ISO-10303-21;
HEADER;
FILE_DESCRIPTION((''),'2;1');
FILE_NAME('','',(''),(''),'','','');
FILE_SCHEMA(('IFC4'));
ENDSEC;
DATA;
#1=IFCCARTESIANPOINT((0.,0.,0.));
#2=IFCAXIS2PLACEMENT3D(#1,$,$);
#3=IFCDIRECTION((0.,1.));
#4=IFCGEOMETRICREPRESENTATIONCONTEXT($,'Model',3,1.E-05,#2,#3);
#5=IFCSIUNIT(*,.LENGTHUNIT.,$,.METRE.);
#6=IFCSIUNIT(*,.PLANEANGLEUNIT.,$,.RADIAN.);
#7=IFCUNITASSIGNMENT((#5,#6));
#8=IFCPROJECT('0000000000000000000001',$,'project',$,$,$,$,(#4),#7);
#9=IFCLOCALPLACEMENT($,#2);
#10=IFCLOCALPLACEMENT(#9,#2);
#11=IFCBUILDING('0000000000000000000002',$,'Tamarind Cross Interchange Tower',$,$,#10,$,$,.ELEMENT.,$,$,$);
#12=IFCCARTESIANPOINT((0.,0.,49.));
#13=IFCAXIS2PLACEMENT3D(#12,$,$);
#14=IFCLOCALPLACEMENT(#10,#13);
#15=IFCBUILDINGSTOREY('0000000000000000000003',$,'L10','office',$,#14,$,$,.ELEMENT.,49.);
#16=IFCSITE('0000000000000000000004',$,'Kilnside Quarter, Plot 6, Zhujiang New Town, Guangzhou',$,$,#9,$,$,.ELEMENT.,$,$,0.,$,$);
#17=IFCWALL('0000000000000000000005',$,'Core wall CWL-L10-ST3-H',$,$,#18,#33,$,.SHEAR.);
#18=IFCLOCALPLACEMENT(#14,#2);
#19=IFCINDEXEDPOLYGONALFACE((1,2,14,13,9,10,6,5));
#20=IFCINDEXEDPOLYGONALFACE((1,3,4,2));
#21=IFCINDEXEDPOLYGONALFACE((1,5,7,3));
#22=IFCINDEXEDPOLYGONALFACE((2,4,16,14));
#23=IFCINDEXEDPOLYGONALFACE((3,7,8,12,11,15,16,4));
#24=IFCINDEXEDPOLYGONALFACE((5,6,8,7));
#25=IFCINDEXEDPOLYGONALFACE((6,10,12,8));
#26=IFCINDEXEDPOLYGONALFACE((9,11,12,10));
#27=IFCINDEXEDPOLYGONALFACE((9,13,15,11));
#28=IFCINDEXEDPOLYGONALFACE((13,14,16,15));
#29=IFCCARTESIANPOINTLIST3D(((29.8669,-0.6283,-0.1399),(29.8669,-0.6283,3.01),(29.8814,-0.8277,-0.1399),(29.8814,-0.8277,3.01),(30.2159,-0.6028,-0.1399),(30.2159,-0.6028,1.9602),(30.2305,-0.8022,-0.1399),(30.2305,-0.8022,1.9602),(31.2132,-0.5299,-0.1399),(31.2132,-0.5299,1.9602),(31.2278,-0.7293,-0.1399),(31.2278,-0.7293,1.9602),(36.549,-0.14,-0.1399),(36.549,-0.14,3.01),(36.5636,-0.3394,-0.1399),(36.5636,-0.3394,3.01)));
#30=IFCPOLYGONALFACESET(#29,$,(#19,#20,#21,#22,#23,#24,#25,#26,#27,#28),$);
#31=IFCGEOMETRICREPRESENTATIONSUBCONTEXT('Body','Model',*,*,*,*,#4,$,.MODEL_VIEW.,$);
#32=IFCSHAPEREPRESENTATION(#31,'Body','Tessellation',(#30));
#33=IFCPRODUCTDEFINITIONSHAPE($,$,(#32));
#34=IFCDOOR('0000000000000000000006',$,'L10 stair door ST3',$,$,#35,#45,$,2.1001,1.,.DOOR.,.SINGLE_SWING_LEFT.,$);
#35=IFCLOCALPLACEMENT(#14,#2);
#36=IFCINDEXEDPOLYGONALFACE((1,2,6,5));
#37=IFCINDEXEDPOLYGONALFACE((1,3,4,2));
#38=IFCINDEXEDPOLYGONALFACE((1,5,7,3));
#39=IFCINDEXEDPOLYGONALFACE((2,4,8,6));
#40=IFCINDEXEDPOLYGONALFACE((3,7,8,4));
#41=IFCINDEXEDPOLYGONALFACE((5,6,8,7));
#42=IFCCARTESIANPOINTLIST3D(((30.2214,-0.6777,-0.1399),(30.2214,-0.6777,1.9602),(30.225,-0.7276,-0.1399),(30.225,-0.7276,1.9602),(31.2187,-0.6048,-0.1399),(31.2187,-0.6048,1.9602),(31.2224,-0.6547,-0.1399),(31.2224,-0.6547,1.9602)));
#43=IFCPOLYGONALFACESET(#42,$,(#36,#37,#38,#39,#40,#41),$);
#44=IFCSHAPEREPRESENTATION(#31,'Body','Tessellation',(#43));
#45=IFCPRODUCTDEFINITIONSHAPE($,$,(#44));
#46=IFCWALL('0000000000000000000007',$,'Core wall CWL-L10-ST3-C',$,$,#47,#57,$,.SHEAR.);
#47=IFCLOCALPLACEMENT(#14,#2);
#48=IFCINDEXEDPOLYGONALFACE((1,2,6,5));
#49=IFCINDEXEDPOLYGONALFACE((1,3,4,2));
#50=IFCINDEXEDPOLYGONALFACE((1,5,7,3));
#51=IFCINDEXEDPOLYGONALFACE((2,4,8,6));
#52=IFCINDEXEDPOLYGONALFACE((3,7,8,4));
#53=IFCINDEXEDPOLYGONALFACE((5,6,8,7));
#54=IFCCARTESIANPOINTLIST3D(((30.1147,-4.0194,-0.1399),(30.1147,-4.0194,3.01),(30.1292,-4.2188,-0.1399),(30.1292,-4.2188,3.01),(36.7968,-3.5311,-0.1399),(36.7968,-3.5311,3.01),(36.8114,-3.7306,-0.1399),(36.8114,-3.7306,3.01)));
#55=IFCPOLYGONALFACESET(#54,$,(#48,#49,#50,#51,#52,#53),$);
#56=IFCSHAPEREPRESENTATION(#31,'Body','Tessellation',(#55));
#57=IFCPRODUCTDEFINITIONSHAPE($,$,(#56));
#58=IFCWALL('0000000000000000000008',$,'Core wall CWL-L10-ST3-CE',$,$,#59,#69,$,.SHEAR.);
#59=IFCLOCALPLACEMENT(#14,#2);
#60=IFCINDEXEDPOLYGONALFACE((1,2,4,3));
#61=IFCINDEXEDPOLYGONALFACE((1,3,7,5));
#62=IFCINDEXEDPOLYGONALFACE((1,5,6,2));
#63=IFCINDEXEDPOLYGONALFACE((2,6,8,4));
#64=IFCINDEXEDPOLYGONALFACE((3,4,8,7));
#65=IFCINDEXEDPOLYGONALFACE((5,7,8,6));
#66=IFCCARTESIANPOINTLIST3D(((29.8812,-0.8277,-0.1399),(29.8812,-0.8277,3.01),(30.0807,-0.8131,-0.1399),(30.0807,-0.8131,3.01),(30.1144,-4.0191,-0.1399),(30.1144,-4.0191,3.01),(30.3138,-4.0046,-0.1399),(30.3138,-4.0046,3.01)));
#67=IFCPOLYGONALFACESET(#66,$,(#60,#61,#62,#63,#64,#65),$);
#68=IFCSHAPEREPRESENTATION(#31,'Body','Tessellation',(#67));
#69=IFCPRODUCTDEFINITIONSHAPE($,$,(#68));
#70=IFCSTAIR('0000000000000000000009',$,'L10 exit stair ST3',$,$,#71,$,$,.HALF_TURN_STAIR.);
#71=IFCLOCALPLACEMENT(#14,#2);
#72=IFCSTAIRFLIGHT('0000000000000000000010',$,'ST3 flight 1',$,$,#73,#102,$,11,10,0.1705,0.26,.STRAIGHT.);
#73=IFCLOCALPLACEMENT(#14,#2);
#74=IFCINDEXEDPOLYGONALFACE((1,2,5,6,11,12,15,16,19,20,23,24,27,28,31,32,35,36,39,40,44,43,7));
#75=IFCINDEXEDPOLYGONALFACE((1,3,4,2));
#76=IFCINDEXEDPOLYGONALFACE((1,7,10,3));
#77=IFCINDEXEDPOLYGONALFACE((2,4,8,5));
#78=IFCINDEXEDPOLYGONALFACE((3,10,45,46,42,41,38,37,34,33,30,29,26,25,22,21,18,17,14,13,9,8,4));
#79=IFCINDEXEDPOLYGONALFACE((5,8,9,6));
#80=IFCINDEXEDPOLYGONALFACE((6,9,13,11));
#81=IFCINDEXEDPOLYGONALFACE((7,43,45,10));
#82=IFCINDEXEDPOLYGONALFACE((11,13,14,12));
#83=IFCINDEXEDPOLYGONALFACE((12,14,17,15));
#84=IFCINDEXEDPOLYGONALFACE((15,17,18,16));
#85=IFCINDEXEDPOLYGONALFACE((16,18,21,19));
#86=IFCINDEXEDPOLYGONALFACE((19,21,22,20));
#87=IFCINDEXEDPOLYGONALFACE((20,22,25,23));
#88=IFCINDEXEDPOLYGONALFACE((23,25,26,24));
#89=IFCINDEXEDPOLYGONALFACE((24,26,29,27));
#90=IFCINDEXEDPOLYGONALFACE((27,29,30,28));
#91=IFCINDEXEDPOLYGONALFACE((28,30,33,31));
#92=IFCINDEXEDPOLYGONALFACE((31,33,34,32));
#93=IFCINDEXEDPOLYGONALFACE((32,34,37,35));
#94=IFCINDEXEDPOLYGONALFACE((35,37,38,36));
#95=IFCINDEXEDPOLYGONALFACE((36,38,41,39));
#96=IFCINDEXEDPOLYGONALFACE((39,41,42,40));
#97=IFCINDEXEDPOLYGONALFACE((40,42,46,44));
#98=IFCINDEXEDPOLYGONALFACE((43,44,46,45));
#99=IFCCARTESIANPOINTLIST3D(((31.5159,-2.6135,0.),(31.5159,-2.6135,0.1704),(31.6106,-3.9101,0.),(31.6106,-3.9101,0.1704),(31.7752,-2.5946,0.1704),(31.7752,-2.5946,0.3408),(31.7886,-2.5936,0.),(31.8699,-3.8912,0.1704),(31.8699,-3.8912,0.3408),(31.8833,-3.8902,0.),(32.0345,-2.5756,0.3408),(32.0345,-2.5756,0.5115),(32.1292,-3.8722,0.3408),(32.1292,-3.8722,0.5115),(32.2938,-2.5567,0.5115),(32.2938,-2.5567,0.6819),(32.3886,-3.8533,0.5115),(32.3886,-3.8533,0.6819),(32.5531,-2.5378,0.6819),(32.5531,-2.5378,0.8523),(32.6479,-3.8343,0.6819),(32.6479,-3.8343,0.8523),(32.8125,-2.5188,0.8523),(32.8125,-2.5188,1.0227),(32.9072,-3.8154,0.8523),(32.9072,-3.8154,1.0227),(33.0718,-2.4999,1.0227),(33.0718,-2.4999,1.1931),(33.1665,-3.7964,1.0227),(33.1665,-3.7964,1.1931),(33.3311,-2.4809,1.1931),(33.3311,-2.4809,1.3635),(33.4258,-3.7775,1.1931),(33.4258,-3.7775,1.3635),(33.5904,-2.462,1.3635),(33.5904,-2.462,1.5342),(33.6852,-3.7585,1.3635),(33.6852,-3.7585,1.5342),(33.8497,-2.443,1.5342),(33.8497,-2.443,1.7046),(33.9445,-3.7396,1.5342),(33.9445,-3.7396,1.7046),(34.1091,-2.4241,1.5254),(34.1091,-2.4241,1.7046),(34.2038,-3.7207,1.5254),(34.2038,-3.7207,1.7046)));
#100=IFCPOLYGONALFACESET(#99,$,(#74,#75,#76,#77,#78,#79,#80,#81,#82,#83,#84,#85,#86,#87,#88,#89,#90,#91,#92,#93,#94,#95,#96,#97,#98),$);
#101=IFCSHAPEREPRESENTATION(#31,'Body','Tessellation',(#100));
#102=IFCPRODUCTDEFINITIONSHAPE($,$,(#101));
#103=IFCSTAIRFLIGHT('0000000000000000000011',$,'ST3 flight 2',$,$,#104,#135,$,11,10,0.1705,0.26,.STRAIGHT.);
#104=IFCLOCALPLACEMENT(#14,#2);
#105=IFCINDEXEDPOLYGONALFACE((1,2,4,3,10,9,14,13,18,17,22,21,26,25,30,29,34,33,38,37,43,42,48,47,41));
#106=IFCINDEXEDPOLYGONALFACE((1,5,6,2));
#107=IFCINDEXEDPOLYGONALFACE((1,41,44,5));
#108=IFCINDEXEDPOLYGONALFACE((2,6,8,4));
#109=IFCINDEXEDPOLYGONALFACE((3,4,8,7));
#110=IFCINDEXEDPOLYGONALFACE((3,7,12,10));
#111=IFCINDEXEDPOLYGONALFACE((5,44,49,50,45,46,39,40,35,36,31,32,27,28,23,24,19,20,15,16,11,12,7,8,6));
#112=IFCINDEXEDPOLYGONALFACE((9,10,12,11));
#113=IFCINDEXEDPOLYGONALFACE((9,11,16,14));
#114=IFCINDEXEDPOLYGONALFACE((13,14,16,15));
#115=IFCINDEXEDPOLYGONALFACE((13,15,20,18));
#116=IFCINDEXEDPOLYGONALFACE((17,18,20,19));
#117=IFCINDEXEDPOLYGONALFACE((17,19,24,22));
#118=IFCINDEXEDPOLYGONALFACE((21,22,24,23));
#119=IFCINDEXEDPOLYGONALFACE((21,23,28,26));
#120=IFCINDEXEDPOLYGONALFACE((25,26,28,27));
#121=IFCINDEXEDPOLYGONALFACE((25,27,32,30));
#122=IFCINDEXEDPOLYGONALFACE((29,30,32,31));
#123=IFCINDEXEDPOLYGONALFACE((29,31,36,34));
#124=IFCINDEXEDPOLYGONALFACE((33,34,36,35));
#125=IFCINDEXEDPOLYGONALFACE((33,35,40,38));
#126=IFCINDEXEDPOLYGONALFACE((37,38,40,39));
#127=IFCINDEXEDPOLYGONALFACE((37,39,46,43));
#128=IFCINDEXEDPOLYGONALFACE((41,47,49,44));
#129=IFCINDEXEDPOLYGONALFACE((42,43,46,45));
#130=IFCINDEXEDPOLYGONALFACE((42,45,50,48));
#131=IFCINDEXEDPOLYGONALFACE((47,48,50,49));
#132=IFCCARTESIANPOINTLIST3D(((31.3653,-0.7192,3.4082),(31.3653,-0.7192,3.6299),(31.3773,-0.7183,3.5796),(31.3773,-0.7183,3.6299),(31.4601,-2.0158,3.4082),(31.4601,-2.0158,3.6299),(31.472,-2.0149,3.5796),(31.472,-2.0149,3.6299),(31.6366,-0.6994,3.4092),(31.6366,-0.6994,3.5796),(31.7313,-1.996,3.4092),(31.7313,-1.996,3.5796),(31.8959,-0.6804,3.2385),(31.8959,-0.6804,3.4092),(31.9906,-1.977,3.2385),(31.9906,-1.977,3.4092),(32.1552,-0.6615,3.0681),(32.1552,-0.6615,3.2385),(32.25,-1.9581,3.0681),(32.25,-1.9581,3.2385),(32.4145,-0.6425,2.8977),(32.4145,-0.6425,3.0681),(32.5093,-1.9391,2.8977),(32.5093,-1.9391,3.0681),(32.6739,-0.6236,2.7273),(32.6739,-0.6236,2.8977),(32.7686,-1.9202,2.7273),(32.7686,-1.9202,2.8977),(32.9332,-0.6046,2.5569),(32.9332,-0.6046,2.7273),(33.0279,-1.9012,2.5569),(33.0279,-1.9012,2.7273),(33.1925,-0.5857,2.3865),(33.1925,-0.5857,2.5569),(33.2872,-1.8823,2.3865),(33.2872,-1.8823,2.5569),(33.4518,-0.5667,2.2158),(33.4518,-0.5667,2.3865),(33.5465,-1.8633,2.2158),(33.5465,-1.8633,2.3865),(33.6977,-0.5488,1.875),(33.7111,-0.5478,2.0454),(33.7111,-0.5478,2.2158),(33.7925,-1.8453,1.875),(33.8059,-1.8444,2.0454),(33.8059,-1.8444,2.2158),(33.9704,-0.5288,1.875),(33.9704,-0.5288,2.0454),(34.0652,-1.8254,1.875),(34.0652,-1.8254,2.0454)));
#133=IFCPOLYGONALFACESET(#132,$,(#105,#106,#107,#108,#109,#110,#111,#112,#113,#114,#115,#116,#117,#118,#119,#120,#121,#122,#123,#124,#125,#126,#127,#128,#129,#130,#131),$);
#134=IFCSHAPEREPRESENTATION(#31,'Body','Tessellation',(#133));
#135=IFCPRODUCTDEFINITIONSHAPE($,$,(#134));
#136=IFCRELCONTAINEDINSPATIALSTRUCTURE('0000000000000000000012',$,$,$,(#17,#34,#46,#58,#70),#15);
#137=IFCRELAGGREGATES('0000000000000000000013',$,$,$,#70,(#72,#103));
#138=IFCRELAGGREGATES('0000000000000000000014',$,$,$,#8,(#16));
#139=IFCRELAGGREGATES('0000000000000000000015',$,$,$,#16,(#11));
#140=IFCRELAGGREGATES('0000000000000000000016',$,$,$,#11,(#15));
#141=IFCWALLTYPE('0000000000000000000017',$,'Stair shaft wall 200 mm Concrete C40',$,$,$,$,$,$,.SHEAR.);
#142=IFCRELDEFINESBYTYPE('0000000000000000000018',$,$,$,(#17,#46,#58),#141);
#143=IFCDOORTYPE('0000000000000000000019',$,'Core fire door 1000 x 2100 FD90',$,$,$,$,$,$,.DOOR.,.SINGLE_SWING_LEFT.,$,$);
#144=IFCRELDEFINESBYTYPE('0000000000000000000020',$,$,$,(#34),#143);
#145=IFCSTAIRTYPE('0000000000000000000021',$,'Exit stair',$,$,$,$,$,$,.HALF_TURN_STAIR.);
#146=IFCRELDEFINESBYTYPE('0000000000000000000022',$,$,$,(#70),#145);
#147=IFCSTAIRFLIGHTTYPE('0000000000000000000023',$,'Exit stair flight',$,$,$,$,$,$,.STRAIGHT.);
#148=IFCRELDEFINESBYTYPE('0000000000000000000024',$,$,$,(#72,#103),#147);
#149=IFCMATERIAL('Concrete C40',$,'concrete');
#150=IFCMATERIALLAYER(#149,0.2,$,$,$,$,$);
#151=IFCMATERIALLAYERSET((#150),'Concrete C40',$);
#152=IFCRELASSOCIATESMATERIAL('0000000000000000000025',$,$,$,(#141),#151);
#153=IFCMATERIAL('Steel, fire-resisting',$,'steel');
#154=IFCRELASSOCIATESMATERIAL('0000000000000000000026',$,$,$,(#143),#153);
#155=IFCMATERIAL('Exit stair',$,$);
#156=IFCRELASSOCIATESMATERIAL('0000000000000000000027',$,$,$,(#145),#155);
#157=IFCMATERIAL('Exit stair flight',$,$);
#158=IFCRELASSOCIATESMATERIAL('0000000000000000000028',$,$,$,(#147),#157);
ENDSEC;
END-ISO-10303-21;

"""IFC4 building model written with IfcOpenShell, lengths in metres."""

from ifc_helpers import new_model, si_unit, direction, frame, frame_2d, origin, place, context, subcontext, project, spatial, polyline, rectangle, outline, extrude, material, layer, layer_set, type_object, element, fill, aggregate, save


model = new_model("IFC4")

# Units and contexts
model_context = context("Model", 3, precision=1e-05, world=origin(), true_north=direction((0.0, 1.0)))
body_context = subcontext(model_context, "Body", "Model", "MODEL_VIEW")
ifc_project = project(units=[si_unit("LENGTHUNIT", "METRE"), si_unit("PLANEANGLEUNIT", "RADIAN")], contexts=[model_context])

# Site, building, storey
site_placement = place(None, origin())
site = spatial("IfcSite", under=ifc_project, at=site_placement, Name="Kilnside Quarter, Plot 6, Zhujiang New Town, Guangzhou", CompositionType="ELEMENT", RefElevation=0.0)
building_placement = place(site_placement, origin())
building = spatial("IfcBuilding", under=site, at=building_placement, Name="Tamarind Cross Interchange Tower", CompositionType="ELEMENT")
storey_placement = place(building_placement, frame((0.0, 0.0, 49.0)))
storey = spatial("IfcBuildingStorey", under=building, at=storey_placement, Name="L10", Description="office", CompositionType="ELEMENT", Elevation=49.0)

# Wall, opening, door
ifc_material_1 = material(Name="Concrete C40", Category="concrete")
ifc_layer_1 = layer(ifc_material_1, 0.2)
ifc_layer_set_1 = layer_set([ifc_layer_1], Name="Concrete C40")
wall_type_1 = type_object("IfcWallType", Name="Stair shaft wall 200 mm Concrete C40", PredefinedType="SHEAR", material=ifc_layer_set_1)
wall_1_placement = place(storey_placement, frame((29.874, -0.728, -0.1399), z_axis=(0.0, 0.0, 1.0), x_axis=(0.997341, 0.072878, 0.0)))
wall_1 = element("IfcWall", 1, at=wall_1_placement, inside=storey, type_object=wall_type_1, Name="Core wall CWL-L10-ST3-H", PredefinedType="SHEAR", context=body_context, shape_type="SweptSolid", body=[
    extrude(rectangle(XDim=6.7, YDim=0.2, at=frame_2d((3.3501, 0.0))), origin(), (0.0, 0.0, 1.0), 3.1499),
])
opening_1_placement = place(wall_1_placement, frame((0.3501, 0.0, 0.0)))
opening_1 = element("IfcOpeningElement", 2, at=opening_1_placement, cuts=wall_1, PredefinedType="OPENING", context=body_context, shape_type="SweptSolid", body=[
    extrude(rectangle(XDim=1.0, YDim=2.1001, at=frame_2d((0.5, 1.05))), frame((0.0, 0.1099, 0.0), z_axis=(0.0, -1.0, 0.0), x_axis=(1.0, 0.0, 0.0)), (0.0, 0.0, 1.0), 0.22),
])
ifc_material_2 = material(Name="Steel, fire-resisting", Category="steel")
door_type_1 = type_object("IfcDoorType", Name="Core fire door 1000 x 2100 FD90", OperationType="SINGLE_SWING_LEFT", PredefinedType="DOOR", material=ifc_material_2)
door_1_placement = place(opening_1_placement, origin())
door_1 = element("IfcDoor", 3, at=door_1_placement, inside=storey, type_object=door_type_1, Name="L10 stair door ST3", OperationType="SINGLE_SWING_LEFT", OverallHeight=2.1001, OverallWidth=1.0, PredefinedType="DOOR", context=body_context, shape_type="SweptSolid", body=[
    extrude(rectangle(XDim=1.0, YDim=2.1001, at=frame_2d((0.5, 1.05))), frame((0.0, 0.0249, 0.0), z_axis=(0.0, -1.0, 0.0), x_axis=(1.0, 0.0, 0.0)), (0.0, 0.0, 1.0), 0.05),
])
fill(opening_1, door_1)

# Walls
wall_2_placement = place(storey_placement, frame((30.1218, -4.1191, -0.1399), z_axis=(0.0, 0.0, 1.0), x_axis=(0.997341, 0.072878, 0.0)))
element("IfcWall", 4, at=wall_2_placement, inside=storey, type_object=wall_type_1, Name="Core wall CWL-L10-ST3-C", PredefinedType="SHEAR", context=body_context, shape_type="SweptSolid", body=[
    extrude(rectangle(XDim=6.7, YDim=0.2, at=frame_2d((3.3501, 0.0))), origin(), (0.0, 0.0, 1.0), 3.1499),
])
wall_3_placement = place(storey_placement, frame((30.2141, -4.012, -0.1399), z_axis=(0.0, 0.0, 1.0), x_axis=(-0.072863, 0.997342, 0.0)))
element("IfcWall", 5, at=wall_3_placement, inside=storey, type_object=wall_type_1, Name="Core wall CWL-L10-ST3-CE", PredefinedType="SHEAR", context=body_context, shape_type="SweptSolid", body=[
    extrude(rectangle(XDim=3.2, YDim=0.2, at=frame_2d((1.6001, 0.0))), origin(), (0.0, 0.0, 1.0), 3.1499),
])

# Stair, stair flights
ifc_material_3 = material(Name="Exit stair")
stair_type = type_object("IfcStairType", Name="Exit stair", PredefinedType="HALF_TURN_STAIR", material=ifc_material_3)
stair_placement = place(storey_placement, origin())
stair = element("IfcStair", 6, at=stair_placement, inside=storey, type_object=stair_type, Name="L10 exit stair ST3", PredefinedType="HALF_TURN_STAIR")
ifc_material_4 = material(Name="Exit stair flight")
stair_flight_type = type_object("IfcStairFlightType", Name="Exit stair flight", PredefinedType="STRAIGHT", material=ifc_material_4)
stair_flight_1_placement = place(storey_placement, frame((31.5632, -3.2617, 0.0), z_axis=(0.0, 0.0, 1.0), x_axis=(0.997341, 0.072876, 0.0)))
stair_flight_1 = element("IfcStairFlight", 7, at=stair_flight_1_placement, type_object=stair_flight_type, Name="ST3 flight 1", NumberOfRisers=11, NumberOfTreads=10, PredefinedType="STRAIGHT", RiserHeight=0.1705, TreadLength=0.26, context=body_context, shape_type="SweptSolid", body=[
    extrude(outline(polyline([(0.0, 0.0), (0.0, 0.1704), (0.26, 0.1704), (0.26, 0.3408), (0.52, 0.3408), (0.52, 0.5115), (0.78, 0.5115), (0.78, 0.6819), (1.04, 0.6819), (1.04, 0.8523), (1.3, 0.8523), (1.3, 1.0227), (1.5601, 1.0227), (1.5601, 1.1931), (1.8201, 1.1931), (1.8201, 1.3635), (2.0801, 1.3635), (2.0801, 1.5342), (2.3401, 1.5342), (2.3401, 1.7046), (2.6001, 1.7046), (2.6001, 1.875), (2.6001, 1.5254), (0.2734, 0.0), (0.0, 0.0)])), frame((0.0, 0.6499, 0.0), z_axis=(0.0, -1.0, 0.0), x_axis=(1.0, 0.0, 0.0)), (0.0, 0.0, 1.0), 1.3),
])
stair_flight_2_placement = place(storey_placement, frame((34.0178, -1.1772, 1.875), z_axis=(0.0, 0.0, 1.0), x_axis=(-0.997341, -0.072876, 0.0)))
stair_flight_2 = element("IfcStairFlight", 8, at=stair_flight_2_placement, type_object=stair_flight_type, Name="ST3 flight 2", NumberOfRisers=11, NumberOfTreads=10, PredefinedType="STRAIGHT", RiserHeight=0.1705, TreadLength=0.26, context=body_context, shape_type="SweptSolid", body=[
    extrude(outline(polyline([(0.0, 0.0), (0.0, 0.1704), (0.26, 0.1704), (0.26, 0.3408), (0.52, 0.3408), (0.52, 0.5115), (0.78, 0.5115), (0.78, 0.6819), (1.04, 0.6819), (1.04, 0.8523), (1.3, 0.8523), (1.3, 1.0227), (1.5601, 1.0227), (1.5601, 1.1931), (1.8201, 1.1931), (1.8201, 1.3635), (2.0801, 1.3635), (2.0801, 1.5342), (2.3401, 1.5342), (2.3401, 1.7046), (2.6001, 1.7046), (2.6001, 1.7549), (2.6121, 1.7549), (2.6121, 1.5332), (0.2734, 0.0), (0.0, 0.0)])), frame((0.0, 0.6499, 0.0), z_axis=(0.0, -1.0, 0.0), x_axis=(1.0, 0.0, 0.0)), (0.0, 0.0, 1.0), 1.3),
])
aggregate(stair, [stair_flight_1, stair_flight_2])

save(model, "model.ifc")
